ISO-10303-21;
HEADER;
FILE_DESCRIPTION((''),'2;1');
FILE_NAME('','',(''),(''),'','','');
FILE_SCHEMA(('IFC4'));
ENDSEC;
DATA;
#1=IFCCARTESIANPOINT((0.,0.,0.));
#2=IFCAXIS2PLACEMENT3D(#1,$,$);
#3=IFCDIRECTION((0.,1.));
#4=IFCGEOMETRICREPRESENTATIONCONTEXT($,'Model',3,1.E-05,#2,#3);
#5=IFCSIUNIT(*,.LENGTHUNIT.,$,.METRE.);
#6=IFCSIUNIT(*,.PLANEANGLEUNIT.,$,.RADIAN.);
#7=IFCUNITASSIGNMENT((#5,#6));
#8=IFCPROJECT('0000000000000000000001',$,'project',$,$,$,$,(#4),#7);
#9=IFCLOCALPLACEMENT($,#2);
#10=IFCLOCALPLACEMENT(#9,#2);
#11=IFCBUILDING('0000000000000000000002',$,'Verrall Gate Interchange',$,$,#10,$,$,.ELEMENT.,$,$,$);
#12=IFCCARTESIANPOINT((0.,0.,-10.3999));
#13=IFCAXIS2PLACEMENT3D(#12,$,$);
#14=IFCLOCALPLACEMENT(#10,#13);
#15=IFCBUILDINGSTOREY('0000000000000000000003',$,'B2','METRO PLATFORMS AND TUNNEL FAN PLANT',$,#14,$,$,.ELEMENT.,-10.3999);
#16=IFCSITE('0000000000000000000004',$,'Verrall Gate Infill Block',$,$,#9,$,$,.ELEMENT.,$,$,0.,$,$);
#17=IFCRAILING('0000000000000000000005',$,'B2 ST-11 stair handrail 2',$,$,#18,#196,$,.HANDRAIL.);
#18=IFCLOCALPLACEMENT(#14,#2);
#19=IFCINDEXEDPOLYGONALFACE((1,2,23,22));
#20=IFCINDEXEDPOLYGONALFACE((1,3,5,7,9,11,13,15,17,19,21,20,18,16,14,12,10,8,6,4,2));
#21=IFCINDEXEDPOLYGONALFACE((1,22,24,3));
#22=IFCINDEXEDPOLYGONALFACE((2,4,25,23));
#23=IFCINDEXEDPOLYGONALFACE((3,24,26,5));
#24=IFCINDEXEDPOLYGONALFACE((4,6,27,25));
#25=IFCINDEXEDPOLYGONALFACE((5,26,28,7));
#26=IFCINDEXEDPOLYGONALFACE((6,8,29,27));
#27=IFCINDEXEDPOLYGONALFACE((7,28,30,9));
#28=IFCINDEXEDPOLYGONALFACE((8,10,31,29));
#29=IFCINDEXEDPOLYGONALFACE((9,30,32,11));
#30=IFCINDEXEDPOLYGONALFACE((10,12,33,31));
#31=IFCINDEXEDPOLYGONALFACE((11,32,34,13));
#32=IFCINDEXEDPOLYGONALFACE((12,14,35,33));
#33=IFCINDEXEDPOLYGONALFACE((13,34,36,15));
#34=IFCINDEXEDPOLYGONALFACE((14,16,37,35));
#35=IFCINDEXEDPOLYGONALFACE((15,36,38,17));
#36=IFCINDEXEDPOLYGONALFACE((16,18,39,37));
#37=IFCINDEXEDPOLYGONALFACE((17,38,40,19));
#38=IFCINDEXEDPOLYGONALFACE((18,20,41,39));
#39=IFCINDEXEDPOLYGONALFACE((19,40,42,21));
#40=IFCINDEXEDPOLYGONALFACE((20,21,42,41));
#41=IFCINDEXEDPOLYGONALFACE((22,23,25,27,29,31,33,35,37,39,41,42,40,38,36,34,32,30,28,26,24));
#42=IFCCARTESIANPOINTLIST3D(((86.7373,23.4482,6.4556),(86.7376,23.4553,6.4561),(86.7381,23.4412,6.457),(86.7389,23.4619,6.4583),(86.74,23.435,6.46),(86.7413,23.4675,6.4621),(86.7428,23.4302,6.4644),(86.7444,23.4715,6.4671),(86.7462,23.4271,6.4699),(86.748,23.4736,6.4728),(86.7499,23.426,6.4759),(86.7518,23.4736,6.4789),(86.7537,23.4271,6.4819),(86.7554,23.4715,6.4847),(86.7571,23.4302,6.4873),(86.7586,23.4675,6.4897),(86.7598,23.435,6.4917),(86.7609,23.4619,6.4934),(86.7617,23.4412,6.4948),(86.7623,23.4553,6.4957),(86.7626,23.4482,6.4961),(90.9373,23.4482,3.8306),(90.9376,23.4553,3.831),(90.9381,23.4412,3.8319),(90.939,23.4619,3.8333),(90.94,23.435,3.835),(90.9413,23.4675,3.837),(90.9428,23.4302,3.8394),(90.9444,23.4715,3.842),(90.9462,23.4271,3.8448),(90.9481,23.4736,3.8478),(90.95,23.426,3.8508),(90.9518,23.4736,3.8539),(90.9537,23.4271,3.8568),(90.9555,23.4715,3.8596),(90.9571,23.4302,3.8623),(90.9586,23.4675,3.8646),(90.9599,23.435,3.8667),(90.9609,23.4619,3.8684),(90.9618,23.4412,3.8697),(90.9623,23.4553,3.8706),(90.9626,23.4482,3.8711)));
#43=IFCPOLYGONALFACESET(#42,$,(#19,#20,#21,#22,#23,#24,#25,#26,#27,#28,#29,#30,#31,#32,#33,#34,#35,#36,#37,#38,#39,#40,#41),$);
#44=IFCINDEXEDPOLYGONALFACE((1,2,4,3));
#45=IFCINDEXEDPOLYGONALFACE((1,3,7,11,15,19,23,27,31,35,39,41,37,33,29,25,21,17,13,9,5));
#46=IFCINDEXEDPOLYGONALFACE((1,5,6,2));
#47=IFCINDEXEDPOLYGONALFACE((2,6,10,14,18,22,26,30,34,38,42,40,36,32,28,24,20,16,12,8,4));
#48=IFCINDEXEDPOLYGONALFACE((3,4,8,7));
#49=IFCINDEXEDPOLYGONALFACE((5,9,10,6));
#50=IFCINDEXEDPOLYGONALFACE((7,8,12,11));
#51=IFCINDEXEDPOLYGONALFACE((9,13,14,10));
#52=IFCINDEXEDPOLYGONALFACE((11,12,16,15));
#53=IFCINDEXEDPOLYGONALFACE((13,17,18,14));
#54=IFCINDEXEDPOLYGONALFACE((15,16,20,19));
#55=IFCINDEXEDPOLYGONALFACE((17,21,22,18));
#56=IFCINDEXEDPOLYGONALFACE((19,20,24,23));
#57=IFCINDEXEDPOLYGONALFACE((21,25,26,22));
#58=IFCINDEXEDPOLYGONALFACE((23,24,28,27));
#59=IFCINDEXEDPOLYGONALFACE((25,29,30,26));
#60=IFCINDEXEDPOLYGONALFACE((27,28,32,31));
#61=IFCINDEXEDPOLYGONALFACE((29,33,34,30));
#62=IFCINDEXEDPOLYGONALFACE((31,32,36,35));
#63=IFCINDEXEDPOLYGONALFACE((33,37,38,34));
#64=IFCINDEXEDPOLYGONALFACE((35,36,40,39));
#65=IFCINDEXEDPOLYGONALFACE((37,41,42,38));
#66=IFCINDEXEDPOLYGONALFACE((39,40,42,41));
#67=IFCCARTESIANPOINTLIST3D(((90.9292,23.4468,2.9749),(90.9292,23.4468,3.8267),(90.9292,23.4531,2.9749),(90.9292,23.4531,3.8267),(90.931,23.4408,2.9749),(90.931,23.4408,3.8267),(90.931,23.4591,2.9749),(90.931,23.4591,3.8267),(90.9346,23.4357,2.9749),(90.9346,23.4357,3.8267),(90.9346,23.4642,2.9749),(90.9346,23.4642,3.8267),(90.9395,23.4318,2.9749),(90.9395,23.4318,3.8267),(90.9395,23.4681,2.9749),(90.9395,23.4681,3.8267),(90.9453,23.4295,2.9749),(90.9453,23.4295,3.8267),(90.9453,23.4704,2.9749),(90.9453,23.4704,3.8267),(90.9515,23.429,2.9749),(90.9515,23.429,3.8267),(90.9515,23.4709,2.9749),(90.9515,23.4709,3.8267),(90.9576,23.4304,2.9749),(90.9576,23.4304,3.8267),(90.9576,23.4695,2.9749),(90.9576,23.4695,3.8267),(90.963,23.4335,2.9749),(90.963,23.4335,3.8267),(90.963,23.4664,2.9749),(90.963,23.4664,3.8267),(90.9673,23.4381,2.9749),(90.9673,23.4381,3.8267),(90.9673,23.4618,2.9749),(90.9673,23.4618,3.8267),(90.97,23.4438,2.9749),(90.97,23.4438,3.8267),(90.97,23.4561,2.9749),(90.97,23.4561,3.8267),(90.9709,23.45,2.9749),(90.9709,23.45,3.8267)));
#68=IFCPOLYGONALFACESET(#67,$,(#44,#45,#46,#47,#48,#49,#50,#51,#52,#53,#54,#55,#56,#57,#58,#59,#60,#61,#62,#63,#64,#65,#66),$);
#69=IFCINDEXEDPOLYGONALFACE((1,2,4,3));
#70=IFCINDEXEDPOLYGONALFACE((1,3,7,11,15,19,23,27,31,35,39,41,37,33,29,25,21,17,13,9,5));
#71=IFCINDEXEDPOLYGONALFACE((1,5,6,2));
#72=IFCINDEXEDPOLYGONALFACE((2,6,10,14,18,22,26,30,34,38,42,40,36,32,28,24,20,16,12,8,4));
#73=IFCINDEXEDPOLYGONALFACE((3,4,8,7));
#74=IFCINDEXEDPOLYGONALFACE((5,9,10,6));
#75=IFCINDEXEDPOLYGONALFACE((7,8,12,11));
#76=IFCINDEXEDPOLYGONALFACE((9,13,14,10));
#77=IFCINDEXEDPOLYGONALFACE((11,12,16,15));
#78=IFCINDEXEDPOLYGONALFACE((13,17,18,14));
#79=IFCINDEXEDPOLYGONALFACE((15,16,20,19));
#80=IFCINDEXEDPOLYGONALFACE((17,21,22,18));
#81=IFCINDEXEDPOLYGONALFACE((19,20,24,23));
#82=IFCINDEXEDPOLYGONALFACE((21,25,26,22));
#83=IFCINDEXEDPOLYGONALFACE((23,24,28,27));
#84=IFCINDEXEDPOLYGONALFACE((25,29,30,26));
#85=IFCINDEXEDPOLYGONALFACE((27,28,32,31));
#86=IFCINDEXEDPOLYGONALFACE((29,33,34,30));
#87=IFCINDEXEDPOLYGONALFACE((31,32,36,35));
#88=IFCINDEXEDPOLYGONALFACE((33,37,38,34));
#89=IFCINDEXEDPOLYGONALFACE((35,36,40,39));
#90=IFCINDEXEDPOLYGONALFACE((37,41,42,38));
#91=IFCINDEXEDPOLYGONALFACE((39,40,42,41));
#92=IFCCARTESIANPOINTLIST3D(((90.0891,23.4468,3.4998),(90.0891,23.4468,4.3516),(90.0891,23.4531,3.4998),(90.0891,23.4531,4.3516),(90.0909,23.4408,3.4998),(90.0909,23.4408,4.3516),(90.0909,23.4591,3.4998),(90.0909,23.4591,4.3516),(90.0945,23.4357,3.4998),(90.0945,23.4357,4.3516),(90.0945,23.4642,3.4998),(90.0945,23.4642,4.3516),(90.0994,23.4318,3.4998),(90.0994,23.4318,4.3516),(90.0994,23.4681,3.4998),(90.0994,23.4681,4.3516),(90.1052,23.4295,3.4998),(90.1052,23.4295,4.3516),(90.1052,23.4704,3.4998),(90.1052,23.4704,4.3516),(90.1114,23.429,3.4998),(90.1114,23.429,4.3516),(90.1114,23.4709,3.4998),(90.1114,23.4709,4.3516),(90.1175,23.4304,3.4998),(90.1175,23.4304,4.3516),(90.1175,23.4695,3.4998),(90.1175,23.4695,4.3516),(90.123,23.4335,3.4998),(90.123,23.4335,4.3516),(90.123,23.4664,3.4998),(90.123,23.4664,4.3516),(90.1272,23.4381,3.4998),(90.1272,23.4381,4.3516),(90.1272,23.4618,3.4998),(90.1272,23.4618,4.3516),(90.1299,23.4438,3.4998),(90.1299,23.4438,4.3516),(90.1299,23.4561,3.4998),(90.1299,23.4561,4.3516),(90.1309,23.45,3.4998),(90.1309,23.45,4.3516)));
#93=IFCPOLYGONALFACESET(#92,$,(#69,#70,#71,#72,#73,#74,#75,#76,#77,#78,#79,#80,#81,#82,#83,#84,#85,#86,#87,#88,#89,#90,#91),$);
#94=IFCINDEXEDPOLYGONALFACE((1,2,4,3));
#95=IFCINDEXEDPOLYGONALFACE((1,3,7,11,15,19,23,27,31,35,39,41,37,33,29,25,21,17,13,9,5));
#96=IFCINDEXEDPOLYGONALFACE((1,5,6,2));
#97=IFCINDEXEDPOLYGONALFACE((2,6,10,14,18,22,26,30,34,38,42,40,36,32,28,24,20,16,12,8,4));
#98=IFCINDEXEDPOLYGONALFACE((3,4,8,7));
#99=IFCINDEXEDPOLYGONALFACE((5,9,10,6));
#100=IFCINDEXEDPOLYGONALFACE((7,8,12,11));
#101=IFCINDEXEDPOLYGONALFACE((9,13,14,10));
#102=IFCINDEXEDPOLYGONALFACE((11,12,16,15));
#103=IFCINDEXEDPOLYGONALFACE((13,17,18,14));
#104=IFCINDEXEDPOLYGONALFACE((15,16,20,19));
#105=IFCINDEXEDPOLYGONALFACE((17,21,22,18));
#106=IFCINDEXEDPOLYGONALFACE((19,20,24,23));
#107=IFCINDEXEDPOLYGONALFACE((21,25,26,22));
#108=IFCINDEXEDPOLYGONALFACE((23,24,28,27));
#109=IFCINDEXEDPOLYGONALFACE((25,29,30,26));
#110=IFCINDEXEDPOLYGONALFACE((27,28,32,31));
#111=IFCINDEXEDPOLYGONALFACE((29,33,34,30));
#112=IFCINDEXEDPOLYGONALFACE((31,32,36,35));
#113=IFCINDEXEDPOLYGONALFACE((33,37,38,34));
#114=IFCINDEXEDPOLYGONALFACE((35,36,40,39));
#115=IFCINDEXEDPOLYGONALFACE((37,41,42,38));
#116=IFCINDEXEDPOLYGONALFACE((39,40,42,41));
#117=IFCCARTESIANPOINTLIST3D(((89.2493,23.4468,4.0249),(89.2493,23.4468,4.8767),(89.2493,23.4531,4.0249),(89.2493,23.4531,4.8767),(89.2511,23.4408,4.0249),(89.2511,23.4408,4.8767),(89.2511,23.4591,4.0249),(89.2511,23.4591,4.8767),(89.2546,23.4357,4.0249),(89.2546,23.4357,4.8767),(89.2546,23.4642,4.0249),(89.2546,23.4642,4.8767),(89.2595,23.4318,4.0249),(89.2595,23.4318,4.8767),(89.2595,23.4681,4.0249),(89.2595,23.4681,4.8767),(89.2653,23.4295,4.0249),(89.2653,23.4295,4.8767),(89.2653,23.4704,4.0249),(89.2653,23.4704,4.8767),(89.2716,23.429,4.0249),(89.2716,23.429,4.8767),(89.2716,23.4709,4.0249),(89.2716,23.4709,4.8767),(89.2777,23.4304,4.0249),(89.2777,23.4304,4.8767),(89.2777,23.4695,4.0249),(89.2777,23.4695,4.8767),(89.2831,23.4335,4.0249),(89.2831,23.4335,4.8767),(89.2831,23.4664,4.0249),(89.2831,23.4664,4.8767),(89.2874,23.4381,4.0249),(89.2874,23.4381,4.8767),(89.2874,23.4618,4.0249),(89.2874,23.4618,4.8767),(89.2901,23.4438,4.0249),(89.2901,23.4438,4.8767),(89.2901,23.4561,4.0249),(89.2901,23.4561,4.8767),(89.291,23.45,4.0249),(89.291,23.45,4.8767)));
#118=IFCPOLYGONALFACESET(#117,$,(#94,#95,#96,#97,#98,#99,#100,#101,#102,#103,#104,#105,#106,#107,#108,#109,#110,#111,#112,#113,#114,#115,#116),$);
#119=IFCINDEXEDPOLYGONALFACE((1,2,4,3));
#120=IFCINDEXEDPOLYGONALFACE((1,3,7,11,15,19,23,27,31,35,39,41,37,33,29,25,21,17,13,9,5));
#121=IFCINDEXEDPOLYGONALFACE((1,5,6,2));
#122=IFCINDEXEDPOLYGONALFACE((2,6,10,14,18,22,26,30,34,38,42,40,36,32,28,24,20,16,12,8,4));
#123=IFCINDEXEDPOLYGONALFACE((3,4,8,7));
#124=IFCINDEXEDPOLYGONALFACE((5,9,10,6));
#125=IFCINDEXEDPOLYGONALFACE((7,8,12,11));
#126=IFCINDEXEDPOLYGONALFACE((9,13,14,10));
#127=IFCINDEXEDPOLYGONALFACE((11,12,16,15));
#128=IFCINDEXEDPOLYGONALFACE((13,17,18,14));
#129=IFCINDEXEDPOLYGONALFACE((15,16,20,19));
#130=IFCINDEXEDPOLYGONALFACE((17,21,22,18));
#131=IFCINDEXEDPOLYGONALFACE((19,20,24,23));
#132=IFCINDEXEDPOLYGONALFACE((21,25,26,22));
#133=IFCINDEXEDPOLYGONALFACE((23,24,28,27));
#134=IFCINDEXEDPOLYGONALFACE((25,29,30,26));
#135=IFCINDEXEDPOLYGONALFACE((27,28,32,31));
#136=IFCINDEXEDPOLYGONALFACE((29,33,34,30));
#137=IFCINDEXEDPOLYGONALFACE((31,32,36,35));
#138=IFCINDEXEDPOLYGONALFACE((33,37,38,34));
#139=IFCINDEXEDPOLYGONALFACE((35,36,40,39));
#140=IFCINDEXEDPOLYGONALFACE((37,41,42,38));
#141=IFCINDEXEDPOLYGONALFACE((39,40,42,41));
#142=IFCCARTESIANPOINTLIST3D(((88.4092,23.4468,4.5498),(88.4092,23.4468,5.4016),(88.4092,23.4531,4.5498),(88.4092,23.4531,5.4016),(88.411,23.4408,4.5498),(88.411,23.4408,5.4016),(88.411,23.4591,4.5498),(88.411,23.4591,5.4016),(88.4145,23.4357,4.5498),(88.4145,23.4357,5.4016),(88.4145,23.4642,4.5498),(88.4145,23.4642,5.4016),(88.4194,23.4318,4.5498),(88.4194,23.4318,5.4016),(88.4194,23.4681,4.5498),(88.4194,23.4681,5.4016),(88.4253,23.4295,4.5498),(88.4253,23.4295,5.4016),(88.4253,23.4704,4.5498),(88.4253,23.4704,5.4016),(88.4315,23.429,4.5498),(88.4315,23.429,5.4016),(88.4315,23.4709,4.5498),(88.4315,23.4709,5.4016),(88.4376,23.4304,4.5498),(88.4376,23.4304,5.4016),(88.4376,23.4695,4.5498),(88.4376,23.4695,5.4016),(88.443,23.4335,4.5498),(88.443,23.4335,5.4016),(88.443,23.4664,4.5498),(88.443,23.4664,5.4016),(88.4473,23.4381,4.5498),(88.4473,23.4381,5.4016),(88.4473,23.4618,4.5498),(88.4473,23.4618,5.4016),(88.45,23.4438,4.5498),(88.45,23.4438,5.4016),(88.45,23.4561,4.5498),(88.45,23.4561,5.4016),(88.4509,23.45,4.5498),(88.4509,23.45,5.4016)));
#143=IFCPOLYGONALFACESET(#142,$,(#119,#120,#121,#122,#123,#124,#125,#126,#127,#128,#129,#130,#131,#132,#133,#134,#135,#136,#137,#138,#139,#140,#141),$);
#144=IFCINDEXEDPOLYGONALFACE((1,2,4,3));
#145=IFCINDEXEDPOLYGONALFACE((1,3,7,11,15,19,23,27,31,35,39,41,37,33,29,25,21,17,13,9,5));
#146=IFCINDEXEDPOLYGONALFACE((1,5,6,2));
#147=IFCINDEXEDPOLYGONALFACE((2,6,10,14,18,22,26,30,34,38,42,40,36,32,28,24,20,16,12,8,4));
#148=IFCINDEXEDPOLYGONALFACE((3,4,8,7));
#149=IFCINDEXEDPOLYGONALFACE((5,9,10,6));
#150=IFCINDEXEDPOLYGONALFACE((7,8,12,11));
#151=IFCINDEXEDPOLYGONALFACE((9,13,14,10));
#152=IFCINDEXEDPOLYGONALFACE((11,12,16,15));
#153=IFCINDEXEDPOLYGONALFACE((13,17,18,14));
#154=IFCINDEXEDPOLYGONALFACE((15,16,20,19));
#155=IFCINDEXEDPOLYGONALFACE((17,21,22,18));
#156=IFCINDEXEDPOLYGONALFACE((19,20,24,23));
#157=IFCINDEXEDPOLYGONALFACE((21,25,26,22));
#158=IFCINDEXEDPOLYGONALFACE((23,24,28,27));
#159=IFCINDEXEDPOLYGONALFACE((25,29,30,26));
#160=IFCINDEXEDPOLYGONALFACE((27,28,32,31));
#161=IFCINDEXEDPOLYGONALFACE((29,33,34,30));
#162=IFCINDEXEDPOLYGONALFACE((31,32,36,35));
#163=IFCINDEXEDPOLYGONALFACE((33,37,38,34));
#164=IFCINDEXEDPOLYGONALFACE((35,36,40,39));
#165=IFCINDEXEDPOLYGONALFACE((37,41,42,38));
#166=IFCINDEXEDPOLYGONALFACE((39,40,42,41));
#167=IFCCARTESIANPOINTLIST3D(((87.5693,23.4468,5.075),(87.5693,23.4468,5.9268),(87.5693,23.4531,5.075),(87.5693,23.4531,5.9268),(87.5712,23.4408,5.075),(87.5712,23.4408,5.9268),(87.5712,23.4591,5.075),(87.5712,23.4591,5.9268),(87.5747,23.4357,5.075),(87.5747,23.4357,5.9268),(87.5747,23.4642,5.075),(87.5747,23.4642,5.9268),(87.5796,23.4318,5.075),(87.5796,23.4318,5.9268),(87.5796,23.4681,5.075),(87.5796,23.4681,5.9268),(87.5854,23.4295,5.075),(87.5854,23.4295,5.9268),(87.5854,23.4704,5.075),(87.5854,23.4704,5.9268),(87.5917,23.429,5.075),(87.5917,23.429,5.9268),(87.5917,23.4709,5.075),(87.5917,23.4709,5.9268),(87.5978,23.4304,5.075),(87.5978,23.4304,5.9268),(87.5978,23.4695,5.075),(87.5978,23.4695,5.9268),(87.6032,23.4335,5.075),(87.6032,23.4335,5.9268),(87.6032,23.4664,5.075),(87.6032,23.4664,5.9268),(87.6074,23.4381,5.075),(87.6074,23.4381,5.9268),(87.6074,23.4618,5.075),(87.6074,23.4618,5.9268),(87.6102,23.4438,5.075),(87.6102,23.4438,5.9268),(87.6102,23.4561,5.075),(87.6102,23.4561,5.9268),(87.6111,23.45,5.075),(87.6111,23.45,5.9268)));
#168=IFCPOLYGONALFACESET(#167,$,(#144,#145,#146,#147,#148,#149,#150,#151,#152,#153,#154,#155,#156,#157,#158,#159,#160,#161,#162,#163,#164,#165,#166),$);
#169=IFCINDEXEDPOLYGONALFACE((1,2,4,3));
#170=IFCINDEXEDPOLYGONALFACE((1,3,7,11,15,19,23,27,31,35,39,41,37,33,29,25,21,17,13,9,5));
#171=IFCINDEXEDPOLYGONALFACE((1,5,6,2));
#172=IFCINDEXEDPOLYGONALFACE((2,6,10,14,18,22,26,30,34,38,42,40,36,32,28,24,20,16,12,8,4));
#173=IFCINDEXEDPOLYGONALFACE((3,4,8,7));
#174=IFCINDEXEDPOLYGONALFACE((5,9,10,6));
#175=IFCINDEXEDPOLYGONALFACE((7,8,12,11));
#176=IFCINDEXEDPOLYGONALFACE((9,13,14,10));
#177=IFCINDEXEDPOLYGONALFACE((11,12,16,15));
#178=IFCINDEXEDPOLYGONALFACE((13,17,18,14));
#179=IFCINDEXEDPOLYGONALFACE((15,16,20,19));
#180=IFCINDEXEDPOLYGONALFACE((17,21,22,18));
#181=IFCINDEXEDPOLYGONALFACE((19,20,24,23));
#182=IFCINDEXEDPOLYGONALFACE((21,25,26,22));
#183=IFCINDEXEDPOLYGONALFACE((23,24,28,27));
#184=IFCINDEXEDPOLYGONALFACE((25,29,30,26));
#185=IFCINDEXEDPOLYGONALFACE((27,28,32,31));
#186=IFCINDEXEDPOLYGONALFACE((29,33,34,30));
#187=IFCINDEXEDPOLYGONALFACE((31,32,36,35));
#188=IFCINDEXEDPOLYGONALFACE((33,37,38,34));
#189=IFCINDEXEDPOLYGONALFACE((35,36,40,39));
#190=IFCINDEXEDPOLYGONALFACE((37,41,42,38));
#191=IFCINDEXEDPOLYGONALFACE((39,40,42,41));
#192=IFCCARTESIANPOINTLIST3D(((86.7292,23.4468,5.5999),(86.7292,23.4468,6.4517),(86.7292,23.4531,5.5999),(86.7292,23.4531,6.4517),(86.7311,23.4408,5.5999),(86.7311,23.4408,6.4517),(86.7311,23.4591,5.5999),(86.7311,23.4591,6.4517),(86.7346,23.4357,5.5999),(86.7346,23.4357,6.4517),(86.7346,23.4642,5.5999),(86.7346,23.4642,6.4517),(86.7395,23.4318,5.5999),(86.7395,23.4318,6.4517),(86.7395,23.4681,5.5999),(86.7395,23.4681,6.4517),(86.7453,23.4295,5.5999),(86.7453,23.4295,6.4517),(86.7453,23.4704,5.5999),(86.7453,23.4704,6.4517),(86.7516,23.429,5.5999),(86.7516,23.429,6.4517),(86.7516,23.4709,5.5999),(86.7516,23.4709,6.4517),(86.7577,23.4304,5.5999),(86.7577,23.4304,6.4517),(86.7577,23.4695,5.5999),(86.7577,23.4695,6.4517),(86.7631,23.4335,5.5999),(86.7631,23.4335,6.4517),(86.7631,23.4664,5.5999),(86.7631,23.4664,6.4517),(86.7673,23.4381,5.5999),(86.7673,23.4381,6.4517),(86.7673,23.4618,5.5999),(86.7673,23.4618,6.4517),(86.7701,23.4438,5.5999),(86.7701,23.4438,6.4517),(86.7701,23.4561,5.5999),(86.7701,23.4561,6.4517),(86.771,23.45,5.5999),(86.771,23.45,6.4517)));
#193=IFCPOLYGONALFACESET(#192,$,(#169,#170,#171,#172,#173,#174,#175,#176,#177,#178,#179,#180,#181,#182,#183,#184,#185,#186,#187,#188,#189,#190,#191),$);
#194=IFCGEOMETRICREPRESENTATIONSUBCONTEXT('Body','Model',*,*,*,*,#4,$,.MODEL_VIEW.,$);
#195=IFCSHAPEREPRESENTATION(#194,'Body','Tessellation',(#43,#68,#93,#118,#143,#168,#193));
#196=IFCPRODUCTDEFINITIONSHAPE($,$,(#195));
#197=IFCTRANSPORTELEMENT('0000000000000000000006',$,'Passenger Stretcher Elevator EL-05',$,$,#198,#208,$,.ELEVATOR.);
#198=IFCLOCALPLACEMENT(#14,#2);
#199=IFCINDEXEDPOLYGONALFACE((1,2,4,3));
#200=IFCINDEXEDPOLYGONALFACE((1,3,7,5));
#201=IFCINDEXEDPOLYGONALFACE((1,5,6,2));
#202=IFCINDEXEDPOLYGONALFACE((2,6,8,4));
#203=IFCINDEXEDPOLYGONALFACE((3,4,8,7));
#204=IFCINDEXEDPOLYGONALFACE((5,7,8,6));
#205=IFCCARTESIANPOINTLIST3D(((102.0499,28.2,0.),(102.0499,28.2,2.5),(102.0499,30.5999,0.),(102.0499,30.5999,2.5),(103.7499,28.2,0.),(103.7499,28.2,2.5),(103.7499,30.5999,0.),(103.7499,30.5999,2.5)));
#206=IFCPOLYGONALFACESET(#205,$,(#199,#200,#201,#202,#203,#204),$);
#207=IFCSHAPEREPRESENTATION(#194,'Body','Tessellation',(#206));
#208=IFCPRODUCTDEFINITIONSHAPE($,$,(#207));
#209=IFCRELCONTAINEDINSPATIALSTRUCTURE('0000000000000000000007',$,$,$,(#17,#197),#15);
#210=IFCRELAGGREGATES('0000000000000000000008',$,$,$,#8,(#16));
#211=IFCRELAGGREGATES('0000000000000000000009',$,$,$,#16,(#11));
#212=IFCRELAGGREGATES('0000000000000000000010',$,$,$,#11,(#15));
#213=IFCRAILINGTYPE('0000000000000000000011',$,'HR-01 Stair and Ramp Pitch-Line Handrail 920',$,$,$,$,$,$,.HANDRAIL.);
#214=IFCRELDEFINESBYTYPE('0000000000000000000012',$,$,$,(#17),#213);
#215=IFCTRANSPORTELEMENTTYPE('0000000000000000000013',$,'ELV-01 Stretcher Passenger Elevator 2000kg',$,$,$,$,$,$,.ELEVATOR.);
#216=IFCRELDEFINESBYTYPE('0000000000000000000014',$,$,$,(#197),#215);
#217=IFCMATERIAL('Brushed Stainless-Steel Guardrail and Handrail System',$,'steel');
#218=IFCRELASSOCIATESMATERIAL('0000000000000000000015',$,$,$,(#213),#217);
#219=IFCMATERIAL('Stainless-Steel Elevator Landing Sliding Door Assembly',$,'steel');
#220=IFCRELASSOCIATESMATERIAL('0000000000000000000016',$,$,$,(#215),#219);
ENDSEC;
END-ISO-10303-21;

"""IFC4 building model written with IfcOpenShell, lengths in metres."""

from ifc_helpers import new_model, si_unit, direction, frame, origin, origin_2d, place, context, subcontext, project, spatial, rectangle, circle, extrude, material, type_object, element, save


model = new_model("IFC4")

# Units and contexts
model_context = context("Model", 3, precision=1e-05, world=origin(), true_north=direction((0.0, 1.0)))
body_context = subcontext(model_context, "Body", "Model", "MODEL_VIEW")
ifc_project = project(units=[si_unit("LENGTHUNIT", "METRE"), si_unit("PLANEANGLEUNIT", "RADIAN")], contexts=[model_context])

# Site, building, storey
site_placement = place(None, origin())
site = spatial("IfcSite", under=ifc_project, at=site_placement, Name="Verrall Gate Infill Block", CompositionType="ELEMENT", RefElevation=0.0)
building_placement = place(site_placement, origin())
building = spatial("IfcBuilding", under=site, at=building_placement, Name="Verrall Gate Interchange", CompositionType="ELEMENT")
storey_placement = place(building_placement, frame((0.0, 0.0, -10.3999)))
storey = spatial("IfcBuildingStorey", under=building, at=storey_placement, Name="B2", Description="METRO PLATFORMS AND TUNNEL FAN PLANT", CompositionType="ELEMENT", Elevation=-10.3999)

# Railing
ifc_material_1 = material(Name="Brushed Stainless-Steel Guardrail and Handrail System", Category="steel")
railing_type_1 = type_object("IfcRailingType", Name="HR-01 Stair and Ramp Pitch-Line Handrail 920", PredefinedType="HANDRAIL", material=ifc_material_1)
railing_1_placement = place(storey_placement, frame((90.95, 23.45, 2.9749)))
element("IfcRailing", 1, at=railing_1_placement, inside=storey, type_object=railing_type_1, Name="B2 ST-11 stair handrail 2", PredefinedType="HANDRAIL", context=body_context, shape_type="SweptSolid", body=[
    extrude(circle(Radius=0.0239, at=origin_2d()), frame((0.0, 0.0, 0.876), z_axis=(-0.847996, 0.0, 0.530003), x_axis=(0.0, -1.0, 0.0)), (0.0, 0.0, 1.0), 4.9529),
    extrude(circle(Radius=0.021, at=origin_2d()), origin(), (0.0, 0.0, 1.0), 0.8518),
    extrude(circle(Radius=0.021, at=origin_2d()), frame((-0.8401, 0.0, 0.5249)), (0.0, 0.0, 1.0), 0.8518),
    extrude(circle(Radius=0.021, at=origin_2d()), frame((-1.6799, 0.0, 1.05)), (0.0, 0.0, 1.0), 0.8518),
    extrude(circle(Radius=0.021, at=origin_2d()), frame((-2.52, 0.0, 1.575)), (0.0, 0.0, 1.0), 0.8518),
    extrude(circle(Radius=0.021, at=origin_2d()), frame((-3.3599, 0.0, 2.1001)), (0.0, 0.0, 1.0), 0.8518),
    extrude(circle(Radius=0.021, at=origin_2d()), frame((-4.2, 0.0, 2.625)), (0.0, 0.0, 1.0), 0.8518),
])

# Transport element
ifc_material_2 = material(Name="Stainless-Steel Elevator Landing Sliding Door Assembly", Category="steel")
transport_element_type = type_object("IfcTransportElementType", Name="ELV-01 Stretcher Passenger Elevator 2000kg", PredefinedType="ELEVATOR", material=ifc_material_2)
transport_element_placement = place(storey_placement, frame((102.8999, 29.3999, 0.0), z_axis=(0.0, 0.0, 1.0), x_axis=(1.0, 0.0, 0.0)))
element("IfcTransportElement", 2, at=transport_element_placement, inside=storey, type_object=transport_element_type, Name="Passenger Stretcher Elevator EL-05", PredefinedType="ELEVATOR", context=body_context, shape_type="SweptSolid", body=[
    extrude(rectangle(XDim=1.7, YDim=2.3999, at=origin_2d()), origin(), (0.0, 0.0, 1.0), 2.5),
])

save(model, "model.ifc")
